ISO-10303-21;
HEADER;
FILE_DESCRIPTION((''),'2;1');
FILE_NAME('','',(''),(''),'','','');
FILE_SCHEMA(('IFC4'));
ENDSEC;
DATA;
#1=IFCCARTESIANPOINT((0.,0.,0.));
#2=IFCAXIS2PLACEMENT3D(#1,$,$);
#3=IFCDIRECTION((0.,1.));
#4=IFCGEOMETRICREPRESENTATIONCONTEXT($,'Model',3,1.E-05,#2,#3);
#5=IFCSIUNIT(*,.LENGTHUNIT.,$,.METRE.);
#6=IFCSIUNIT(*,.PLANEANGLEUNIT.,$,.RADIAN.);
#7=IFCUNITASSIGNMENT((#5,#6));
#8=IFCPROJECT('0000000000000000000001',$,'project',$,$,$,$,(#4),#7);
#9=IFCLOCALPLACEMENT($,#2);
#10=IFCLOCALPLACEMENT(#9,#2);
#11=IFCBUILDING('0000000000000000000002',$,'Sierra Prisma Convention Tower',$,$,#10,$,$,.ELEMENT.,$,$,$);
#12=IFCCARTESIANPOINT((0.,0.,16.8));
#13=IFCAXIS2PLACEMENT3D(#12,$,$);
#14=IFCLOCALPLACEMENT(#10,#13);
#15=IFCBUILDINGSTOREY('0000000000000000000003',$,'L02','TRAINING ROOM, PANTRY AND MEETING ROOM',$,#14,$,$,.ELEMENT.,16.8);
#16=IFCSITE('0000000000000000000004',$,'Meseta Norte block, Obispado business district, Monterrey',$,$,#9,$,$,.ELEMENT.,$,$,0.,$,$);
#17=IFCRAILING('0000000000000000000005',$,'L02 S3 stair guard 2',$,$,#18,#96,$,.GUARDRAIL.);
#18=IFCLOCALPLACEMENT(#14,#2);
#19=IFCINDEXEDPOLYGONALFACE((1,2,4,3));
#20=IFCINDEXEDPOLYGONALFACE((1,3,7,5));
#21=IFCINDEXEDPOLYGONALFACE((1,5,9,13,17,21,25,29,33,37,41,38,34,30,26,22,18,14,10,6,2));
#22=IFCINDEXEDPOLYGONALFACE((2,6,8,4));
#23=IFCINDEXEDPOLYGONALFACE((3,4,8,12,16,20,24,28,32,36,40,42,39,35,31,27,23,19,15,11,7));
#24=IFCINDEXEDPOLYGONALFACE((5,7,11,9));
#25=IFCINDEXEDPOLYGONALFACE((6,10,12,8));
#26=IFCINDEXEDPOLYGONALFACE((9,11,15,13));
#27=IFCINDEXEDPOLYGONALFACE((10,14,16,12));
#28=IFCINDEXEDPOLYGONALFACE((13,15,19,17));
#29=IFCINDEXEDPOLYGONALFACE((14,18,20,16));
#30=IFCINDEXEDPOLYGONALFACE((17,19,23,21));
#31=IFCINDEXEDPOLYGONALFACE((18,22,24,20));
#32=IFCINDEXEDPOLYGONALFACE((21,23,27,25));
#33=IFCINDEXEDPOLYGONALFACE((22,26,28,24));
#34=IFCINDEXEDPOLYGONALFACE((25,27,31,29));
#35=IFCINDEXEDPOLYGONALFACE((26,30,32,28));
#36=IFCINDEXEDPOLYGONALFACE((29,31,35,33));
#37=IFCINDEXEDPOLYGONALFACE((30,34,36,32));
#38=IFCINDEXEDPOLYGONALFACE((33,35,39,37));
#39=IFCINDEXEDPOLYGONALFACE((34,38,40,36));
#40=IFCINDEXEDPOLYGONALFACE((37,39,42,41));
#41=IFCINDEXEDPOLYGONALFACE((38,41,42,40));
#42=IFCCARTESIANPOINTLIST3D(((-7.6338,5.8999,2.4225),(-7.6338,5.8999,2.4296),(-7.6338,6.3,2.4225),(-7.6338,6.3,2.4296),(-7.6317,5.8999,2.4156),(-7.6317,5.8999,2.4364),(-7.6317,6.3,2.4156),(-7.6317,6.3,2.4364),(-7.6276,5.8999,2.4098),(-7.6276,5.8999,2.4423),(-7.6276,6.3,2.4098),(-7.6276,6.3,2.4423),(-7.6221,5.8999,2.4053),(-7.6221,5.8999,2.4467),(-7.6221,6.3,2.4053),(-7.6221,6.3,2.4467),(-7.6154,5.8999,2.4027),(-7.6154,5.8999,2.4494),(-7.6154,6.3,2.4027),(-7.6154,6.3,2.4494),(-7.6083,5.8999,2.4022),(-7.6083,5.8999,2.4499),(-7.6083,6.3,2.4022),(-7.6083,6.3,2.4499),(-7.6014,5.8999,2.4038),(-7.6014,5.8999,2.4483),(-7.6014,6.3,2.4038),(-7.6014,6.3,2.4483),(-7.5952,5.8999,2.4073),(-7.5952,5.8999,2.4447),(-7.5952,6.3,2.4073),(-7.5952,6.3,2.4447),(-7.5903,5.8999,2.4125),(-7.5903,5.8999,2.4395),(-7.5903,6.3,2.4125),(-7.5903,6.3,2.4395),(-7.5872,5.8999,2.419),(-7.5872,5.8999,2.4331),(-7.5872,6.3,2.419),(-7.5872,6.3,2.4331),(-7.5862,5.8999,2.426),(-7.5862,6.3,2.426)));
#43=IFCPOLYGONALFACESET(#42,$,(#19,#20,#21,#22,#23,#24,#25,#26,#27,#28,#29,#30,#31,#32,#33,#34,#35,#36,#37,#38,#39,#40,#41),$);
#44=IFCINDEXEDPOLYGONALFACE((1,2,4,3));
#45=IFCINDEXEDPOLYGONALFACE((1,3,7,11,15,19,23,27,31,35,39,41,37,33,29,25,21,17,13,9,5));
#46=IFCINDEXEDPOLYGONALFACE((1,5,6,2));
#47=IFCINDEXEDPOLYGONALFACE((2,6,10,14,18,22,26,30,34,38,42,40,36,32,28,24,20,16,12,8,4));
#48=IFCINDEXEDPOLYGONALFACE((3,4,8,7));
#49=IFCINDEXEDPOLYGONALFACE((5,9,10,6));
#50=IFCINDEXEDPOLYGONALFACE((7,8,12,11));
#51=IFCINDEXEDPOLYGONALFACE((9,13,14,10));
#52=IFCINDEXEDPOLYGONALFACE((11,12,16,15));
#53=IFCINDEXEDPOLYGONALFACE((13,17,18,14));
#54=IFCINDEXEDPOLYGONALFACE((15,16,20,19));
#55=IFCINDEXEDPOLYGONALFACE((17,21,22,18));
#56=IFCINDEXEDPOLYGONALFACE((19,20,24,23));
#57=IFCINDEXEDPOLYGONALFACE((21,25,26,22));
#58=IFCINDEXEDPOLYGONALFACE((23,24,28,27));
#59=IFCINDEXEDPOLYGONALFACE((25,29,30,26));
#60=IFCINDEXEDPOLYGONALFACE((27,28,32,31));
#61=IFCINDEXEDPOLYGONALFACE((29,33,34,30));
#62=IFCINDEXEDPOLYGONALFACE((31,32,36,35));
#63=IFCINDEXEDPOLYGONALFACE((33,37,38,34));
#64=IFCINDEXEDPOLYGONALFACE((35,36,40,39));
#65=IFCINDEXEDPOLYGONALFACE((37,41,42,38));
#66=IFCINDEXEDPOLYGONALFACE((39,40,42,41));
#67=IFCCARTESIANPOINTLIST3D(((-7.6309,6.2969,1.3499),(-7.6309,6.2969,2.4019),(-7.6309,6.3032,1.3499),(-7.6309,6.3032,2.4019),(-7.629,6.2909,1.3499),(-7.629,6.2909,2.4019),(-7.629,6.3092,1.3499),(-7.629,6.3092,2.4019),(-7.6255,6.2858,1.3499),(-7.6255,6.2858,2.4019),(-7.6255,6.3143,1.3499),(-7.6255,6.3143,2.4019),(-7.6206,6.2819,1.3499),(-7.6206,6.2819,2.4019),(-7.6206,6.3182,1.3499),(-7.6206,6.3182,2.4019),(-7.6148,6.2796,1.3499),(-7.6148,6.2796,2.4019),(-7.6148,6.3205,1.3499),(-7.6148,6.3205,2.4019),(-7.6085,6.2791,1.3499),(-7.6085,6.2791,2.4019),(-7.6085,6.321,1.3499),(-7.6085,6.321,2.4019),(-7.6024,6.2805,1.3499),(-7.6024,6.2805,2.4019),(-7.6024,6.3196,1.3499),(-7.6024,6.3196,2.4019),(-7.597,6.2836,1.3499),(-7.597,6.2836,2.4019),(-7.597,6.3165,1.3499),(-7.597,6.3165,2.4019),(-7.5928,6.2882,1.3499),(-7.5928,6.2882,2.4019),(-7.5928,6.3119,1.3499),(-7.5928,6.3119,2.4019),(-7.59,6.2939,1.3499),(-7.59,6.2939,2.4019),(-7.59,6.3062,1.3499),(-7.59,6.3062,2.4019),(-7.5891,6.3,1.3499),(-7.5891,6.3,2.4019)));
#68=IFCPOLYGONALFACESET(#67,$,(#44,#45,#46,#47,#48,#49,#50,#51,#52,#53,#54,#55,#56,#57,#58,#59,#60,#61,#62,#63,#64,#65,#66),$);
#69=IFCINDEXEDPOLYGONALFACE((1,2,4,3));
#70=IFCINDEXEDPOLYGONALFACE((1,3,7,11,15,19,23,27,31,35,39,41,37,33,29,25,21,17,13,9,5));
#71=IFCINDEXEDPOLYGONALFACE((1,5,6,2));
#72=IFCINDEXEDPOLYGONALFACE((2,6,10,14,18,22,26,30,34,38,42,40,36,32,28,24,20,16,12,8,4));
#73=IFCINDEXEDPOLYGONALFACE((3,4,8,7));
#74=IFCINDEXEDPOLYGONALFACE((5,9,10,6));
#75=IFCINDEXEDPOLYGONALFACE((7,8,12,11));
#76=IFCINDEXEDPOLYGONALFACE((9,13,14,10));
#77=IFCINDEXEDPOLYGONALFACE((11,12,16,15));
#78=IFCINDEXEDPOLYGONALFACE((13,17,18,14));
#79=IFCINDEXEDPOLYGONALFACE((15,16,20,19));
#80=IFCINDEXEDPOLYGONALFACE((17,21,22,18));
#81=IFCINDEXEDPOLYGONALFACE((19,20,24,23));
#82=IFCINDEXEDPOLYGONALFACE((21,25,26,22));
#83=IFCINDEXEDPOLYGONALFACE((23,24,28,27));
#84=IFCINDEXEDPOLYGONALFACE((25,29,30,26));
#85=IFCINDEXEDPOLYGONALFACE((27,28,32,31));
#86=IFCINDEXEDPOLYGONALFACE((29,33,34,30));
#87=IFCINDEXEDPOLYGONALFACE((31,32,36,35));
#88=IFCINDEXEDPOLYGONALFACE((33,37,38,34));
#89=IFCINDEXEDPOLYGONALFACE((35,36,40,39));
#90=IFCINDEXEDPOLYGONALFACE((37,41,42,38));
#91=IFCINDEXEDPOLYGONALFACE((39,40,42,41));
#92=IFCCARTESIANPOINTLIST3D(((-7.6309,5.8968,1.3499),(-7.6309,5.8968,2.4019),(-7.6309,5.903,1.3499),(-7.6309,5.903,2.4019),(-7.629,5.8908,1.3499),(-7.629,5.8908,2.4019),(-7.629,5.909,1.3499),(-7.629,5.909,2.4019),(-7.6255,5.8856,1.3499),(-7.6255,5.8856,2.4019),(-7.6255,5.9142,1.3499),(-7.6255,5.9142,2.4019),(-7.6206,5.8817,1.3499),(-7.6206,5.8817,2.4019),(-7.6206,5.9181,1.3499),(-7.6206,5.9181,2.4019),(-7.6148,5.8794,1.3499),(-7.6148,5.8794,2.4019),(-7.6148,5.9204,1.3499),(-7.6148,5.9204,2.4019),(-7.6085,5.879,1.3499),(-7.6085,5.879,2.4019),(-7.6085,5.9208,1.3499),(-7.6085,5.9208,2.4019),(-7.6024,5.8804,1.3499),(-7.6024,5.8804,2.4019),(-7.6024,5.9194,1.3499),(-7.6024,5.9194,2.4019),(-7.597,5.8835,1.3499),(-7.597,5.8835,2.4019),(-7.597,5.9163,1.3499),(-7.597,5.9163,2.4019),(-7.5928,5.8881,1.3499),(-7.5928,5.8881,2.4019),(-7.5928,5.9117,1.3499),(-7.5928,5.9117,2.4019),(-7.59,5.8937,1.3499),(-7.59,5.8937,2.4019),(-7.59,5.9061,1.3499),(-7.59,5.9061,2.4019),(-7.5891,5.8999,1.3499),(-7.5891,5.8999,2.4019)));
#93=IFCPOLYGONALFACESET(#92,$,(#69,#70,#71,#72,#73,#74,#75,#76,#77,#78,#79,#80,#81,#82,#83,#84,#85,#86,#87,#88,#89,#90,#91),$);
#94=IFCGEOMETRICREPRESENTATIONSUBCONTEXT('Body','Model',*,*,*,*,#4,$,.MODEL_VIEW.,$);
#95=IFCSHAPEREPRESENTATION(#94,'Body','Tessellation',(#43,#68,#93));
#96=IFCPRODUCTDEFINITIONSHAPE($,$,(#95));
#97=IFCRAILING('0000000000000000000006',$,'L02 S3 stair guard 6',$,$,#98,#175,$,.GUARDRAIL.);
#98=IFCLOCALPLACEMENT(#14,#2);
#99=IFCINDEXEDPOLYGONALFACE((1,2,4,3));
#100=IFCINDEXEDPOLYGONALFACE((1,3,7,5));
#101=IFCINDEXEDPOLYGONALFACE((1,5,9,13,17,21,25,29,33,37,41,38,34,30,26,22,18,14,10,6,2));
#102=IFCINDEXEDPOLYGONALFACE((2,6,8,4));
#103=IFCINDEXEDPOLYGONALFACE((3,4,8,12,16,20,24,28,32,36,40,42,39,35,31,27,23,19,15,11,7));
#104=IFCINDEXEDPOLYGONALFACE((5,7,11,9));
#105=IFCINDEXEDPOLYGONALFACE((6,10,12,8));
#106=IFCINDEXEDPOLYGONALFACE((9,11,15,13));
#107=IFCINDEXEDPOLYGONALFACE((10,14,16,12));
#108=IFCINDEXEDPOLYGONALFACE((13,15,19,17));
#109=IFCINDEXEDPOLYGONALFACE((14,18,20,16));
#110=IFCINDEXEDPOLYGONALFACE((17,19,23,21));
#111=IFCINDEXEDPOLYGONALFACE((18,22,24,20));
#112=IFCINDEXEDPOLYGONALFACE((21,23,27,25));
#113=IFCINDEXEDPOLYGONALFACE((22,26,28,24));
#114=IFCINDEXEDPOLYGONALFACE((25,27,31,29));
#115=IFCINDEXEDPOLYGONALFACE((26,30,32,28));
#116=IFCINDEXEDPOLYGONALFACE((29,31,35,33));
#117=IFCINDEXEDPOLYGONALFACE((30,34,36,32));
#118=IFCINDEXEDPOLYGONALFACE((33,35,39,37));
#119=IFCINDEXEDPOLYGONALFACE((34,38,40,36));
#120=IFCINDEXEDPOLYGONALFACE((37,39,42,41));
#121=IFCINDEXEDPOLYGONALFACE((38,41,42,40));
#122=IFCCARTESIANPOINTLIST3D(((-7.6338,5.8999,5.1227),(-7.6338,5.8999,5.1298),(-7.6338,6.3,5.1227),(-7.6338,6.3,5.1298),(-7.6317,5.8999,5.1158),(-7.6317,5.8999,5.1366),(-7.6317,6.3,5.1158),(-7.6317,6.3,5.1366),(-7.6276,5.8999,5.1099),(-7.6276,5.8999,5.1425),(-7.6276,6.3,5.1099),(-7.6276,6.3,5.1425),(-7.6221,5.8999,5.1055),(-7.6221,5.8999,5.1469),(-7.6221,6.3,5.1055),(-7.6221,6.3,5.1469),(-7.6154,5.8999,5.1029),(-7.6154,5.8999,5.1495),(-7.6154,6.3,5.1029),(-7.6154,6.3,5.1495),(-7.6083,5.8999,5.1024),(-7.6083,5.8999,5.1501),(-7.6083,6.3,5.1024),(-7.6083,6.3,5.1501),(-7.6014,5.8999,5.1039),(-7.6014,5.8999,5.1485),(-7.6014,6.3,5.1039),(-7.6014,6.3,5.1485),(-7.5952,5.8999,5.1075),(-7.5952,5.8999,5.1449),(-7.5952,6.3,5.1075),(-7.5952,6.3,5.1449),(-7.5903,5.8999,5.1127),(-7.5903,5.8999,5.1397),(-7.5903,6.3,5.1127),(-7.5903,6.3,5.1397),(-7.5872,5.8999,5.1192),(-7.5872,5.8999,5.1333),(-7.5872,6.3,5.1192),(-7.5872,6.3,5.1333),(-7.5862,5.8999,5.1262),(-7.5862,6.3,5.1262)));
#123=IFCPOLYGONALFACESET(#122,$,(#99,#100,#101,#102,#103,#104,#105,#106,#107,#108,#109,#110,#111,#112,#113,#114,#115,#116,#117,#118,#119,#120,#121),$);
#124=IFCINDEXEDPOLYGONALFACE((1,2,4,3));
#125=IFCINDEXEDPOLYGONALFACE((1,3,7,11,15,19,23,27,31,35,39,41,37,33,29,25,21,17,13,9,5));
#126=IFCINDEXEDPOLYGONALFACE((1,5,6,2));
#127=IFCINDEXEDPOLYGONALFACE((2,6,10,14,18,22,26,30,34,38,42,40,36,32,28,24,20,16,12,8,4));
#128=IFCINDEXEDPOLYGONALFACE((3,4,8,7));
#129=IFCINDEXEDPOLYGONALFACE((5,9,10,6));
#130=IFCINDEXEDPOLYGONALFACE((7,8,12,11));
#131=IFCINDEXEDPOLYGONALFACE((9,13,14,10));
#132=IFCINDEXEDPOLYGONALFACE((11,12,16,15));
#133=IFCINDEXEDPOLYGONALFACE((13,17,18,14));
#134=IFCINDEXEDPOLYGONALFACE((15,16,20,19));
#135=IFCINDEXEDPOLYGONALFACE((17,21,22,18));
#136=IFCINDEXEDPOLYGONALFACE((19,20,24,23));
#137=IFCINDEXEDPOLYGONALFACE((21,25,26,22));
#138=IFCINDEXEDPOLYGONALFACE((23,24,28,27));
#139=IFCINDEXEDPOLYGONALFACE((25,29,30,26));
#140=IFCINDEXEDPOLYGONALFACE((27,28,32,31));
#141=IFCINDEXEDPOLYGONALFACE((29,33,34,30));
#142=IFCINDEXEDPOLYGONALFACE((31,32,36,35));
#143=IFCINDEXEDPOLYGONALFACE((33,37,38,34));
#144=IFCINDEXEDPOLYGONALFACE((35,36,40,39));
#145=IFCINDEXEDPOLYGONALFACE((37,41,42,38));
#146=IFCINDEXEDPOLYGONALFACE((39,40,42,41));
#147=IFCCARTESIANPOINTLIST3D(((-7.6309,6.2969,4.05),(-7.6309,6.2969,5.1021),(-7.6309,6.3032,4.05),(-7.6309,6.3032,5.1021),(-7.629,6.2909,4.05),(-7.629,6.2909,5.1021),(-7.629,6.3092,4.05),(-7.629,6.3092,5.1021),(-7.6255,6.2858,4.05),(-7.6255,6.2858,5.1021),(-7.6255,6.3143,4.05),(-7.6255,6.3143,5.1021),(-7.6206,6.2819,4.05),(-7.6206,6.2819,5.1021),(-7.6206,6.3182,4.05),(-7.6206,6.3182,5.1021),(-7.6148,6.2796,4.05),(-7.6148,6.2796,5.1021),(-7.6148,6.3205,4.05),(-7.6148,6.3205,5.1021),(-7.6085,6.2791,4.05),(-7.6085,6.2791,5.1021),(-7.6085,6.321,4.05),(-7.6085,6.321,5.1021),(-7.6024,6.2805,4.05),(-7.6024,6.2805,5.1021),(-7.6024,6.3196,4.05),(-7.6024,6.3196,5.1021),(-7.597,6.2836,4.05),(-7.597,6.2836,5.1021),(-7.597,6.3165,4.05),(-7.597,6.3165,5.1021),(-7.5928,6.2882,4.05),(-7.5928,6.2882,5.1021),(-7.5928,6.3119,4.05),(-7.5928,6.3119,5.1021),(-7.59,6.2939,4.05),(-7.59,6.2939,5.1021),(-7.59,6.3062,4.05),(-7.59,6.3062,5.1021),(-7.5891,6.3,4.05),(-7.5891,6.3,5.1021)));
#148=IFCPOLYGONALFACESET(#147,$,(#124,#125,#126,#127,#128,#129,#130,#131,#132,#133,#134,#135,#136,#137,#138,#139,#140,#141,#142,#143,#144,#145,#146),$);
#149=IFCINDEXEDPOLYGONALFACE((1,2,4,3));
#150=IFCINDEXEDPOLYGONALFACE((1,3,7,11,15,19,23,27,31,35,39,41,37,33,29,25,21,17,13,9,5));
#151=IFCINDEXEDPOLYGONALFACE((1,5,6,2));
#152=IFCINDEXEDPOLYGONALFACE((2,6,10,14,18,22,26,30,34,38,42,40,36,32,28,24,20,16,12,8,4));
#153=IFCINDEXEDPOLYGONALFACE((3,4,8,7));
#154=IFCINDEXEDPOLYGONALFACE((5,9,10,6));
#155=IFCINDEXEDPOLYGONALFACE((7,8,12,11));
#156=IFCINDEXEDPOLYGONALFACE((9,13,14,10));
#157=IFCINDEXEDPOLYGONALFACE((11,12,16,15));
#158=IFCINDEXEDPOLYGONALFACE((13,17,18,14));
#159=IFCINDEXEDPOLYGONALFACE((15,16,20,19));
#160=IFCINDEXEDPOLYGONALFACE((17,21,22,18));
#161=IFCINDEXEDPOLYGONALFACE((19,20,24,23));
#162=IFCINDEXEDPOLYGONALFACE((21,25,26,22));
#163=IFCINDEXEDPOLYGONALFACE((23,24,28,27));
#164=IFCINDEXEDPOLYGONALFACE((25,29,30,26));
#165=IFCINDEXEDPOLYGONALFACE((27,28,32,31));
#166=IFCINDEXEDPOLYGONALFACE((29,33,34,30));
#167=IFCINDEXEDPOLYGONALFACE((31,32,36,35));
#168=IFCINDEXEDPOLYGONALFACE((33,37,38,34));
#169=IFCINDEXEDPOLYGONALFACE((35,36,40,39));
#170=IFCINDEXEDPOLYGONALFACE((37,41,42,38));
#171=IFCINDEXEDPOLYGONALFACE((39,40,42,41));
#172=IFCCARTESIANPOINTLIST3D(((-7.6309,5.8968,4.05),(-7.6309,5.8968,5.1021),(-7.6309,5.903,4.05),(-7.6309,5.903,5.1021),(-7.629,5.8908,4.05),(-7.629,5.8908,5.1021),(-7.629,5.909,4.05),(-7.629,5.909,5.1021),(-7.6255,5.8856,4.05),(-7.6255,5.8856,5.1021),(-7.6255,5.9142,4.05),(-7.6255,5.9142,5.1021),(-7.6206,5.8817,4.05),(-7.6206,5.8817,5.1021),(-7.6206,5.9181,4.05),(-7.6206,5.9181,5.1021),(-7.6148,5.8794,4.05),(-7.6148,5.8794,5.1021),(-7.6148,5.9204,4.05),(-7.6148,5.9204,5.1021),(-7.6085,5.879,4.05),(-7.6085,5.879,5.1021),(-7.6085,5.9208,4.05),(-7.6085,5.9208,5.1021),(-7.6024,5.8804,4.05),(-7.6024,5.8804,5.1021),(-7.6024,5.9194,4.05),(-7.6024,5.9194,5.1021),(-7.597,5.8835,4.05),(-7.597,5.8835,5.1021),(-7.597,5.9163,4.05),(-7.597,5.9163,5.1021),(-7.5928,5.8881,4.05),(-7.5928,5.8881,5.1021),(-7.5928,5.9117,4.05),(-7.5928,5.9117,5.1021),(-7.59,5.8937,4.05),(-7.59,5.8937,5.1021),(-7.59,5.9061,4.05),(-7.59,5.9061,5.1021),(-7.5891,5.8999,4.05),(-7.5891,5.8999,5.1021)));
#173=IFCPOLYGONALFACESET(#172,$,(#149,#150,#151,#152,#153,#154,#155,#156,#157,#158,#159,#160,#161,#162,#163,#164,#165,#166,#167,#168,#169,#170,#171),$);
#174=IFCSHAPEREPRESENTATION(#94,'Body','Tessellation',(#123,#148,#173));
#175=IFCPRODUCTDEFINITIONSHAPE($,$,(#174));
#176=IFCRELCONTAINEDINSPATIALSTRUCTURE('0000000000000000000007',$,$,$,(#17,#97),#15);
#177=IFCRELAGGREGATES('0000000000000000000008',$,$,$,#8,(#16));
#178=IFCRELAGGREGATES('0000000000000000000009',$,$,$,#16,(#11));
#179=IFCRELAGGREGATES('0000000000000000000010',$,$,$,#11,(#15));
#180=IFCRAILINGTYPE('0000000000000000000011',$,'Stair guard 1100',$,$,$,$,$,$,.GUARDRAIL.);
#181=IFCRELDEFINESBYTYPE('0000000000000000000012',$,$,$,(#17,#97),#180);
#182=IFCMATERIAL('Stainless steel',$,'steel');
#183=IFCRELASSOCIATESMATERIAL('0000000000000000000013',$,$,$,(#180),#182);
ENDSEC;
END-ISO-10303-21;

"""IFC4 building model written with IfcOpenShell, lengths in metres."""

from ifc_helpers import new_model, si_unit, direction, frame, origin, origin_2d, place, context, subcontext, project, spatial, circle, extrude, material, type_object, element, save


model = new_model("IFC4")

# Units and contexts
model_context = context("Model", 3, precision=1e-05, world=origin(), true_north=direction((0.0, 1.0)))
body_context = subcontext(model_context, "Body", "Model", "MODEL_VIEW")
ifc_project = project(units=[si_unit("LENGTHUNIT", "METRE"), si_unit("PLANEANGLEUNIT", "RADIAN")], contexts=[model_context])

# Site, building, storey
site_placement = place(None, origin())
site = spatial("IfcSite", under=ifc_project, at=site_placement, Name="Meseta Norte block, Obispado business district, Monterrey", CompositionType="ELEMENT", RefElevation=0.0)
building_placement = place(site_placement, origin())
building = spatial("IfcBuilding", under=site, at=building_placement, Name="Sierra Prisma Convention Tower", CompositionType="ELEMENT")
storey_placement = place(building_placement, frame((0.0, 0.0, 16.8)))
storey = spatial("IfcBuildingStorey", under=building, at=storey_placement, Name="L02", Description="TRAINING ROOM, PANTRY AND MEETING ROOM", CompositionType="ELEMENT", Elevation=16.8)

# Railings
ifc_material_1 = material(Name="Stainless steel", Category="steel")
railing_type_1 = type_object("IfcRailingType", Name="Stair guard 1100", PredefinedType="GUARDRAIL", material=ifc_material_1)
for number, where, name in (
    (1, (-7.6101, 6.3, 1.3499), "L02 S3 stair guard 2"),
    (2, (-7.6101, 6.3, 4.05), "L02 S3 stair guard 6"),
):
    element("IfcRailing", number, at=place(storey_placement, frame(where)), inside=storey, type_object=railing_type_1, Name=name, PredefinedType="GUARDRAIL", context=body_context, shape_type="SweptSolid", body=[
        extrude(circle(Radius=0.0239, at=origin_2d()), frame((0.0, 0.0, 1.0762), z_axis=(0.0, -1.0, 0.0), x_axis=(1.0, 0.0, 0.0)), (0.0, 0.0, 1.0), 0.4001),
        extrude(circle(Radius=0.021, at=origin_2d()), origin(), (0.0, 0.0, 1.0), 1.052),
        extrude(circle(Radius=0.021, at=origin_2d()), frame((0.0, -0.4001, 0.0)), (0.0, 0.0, 1.0), 1.052),
    ])

save(model, "model.ifc")
